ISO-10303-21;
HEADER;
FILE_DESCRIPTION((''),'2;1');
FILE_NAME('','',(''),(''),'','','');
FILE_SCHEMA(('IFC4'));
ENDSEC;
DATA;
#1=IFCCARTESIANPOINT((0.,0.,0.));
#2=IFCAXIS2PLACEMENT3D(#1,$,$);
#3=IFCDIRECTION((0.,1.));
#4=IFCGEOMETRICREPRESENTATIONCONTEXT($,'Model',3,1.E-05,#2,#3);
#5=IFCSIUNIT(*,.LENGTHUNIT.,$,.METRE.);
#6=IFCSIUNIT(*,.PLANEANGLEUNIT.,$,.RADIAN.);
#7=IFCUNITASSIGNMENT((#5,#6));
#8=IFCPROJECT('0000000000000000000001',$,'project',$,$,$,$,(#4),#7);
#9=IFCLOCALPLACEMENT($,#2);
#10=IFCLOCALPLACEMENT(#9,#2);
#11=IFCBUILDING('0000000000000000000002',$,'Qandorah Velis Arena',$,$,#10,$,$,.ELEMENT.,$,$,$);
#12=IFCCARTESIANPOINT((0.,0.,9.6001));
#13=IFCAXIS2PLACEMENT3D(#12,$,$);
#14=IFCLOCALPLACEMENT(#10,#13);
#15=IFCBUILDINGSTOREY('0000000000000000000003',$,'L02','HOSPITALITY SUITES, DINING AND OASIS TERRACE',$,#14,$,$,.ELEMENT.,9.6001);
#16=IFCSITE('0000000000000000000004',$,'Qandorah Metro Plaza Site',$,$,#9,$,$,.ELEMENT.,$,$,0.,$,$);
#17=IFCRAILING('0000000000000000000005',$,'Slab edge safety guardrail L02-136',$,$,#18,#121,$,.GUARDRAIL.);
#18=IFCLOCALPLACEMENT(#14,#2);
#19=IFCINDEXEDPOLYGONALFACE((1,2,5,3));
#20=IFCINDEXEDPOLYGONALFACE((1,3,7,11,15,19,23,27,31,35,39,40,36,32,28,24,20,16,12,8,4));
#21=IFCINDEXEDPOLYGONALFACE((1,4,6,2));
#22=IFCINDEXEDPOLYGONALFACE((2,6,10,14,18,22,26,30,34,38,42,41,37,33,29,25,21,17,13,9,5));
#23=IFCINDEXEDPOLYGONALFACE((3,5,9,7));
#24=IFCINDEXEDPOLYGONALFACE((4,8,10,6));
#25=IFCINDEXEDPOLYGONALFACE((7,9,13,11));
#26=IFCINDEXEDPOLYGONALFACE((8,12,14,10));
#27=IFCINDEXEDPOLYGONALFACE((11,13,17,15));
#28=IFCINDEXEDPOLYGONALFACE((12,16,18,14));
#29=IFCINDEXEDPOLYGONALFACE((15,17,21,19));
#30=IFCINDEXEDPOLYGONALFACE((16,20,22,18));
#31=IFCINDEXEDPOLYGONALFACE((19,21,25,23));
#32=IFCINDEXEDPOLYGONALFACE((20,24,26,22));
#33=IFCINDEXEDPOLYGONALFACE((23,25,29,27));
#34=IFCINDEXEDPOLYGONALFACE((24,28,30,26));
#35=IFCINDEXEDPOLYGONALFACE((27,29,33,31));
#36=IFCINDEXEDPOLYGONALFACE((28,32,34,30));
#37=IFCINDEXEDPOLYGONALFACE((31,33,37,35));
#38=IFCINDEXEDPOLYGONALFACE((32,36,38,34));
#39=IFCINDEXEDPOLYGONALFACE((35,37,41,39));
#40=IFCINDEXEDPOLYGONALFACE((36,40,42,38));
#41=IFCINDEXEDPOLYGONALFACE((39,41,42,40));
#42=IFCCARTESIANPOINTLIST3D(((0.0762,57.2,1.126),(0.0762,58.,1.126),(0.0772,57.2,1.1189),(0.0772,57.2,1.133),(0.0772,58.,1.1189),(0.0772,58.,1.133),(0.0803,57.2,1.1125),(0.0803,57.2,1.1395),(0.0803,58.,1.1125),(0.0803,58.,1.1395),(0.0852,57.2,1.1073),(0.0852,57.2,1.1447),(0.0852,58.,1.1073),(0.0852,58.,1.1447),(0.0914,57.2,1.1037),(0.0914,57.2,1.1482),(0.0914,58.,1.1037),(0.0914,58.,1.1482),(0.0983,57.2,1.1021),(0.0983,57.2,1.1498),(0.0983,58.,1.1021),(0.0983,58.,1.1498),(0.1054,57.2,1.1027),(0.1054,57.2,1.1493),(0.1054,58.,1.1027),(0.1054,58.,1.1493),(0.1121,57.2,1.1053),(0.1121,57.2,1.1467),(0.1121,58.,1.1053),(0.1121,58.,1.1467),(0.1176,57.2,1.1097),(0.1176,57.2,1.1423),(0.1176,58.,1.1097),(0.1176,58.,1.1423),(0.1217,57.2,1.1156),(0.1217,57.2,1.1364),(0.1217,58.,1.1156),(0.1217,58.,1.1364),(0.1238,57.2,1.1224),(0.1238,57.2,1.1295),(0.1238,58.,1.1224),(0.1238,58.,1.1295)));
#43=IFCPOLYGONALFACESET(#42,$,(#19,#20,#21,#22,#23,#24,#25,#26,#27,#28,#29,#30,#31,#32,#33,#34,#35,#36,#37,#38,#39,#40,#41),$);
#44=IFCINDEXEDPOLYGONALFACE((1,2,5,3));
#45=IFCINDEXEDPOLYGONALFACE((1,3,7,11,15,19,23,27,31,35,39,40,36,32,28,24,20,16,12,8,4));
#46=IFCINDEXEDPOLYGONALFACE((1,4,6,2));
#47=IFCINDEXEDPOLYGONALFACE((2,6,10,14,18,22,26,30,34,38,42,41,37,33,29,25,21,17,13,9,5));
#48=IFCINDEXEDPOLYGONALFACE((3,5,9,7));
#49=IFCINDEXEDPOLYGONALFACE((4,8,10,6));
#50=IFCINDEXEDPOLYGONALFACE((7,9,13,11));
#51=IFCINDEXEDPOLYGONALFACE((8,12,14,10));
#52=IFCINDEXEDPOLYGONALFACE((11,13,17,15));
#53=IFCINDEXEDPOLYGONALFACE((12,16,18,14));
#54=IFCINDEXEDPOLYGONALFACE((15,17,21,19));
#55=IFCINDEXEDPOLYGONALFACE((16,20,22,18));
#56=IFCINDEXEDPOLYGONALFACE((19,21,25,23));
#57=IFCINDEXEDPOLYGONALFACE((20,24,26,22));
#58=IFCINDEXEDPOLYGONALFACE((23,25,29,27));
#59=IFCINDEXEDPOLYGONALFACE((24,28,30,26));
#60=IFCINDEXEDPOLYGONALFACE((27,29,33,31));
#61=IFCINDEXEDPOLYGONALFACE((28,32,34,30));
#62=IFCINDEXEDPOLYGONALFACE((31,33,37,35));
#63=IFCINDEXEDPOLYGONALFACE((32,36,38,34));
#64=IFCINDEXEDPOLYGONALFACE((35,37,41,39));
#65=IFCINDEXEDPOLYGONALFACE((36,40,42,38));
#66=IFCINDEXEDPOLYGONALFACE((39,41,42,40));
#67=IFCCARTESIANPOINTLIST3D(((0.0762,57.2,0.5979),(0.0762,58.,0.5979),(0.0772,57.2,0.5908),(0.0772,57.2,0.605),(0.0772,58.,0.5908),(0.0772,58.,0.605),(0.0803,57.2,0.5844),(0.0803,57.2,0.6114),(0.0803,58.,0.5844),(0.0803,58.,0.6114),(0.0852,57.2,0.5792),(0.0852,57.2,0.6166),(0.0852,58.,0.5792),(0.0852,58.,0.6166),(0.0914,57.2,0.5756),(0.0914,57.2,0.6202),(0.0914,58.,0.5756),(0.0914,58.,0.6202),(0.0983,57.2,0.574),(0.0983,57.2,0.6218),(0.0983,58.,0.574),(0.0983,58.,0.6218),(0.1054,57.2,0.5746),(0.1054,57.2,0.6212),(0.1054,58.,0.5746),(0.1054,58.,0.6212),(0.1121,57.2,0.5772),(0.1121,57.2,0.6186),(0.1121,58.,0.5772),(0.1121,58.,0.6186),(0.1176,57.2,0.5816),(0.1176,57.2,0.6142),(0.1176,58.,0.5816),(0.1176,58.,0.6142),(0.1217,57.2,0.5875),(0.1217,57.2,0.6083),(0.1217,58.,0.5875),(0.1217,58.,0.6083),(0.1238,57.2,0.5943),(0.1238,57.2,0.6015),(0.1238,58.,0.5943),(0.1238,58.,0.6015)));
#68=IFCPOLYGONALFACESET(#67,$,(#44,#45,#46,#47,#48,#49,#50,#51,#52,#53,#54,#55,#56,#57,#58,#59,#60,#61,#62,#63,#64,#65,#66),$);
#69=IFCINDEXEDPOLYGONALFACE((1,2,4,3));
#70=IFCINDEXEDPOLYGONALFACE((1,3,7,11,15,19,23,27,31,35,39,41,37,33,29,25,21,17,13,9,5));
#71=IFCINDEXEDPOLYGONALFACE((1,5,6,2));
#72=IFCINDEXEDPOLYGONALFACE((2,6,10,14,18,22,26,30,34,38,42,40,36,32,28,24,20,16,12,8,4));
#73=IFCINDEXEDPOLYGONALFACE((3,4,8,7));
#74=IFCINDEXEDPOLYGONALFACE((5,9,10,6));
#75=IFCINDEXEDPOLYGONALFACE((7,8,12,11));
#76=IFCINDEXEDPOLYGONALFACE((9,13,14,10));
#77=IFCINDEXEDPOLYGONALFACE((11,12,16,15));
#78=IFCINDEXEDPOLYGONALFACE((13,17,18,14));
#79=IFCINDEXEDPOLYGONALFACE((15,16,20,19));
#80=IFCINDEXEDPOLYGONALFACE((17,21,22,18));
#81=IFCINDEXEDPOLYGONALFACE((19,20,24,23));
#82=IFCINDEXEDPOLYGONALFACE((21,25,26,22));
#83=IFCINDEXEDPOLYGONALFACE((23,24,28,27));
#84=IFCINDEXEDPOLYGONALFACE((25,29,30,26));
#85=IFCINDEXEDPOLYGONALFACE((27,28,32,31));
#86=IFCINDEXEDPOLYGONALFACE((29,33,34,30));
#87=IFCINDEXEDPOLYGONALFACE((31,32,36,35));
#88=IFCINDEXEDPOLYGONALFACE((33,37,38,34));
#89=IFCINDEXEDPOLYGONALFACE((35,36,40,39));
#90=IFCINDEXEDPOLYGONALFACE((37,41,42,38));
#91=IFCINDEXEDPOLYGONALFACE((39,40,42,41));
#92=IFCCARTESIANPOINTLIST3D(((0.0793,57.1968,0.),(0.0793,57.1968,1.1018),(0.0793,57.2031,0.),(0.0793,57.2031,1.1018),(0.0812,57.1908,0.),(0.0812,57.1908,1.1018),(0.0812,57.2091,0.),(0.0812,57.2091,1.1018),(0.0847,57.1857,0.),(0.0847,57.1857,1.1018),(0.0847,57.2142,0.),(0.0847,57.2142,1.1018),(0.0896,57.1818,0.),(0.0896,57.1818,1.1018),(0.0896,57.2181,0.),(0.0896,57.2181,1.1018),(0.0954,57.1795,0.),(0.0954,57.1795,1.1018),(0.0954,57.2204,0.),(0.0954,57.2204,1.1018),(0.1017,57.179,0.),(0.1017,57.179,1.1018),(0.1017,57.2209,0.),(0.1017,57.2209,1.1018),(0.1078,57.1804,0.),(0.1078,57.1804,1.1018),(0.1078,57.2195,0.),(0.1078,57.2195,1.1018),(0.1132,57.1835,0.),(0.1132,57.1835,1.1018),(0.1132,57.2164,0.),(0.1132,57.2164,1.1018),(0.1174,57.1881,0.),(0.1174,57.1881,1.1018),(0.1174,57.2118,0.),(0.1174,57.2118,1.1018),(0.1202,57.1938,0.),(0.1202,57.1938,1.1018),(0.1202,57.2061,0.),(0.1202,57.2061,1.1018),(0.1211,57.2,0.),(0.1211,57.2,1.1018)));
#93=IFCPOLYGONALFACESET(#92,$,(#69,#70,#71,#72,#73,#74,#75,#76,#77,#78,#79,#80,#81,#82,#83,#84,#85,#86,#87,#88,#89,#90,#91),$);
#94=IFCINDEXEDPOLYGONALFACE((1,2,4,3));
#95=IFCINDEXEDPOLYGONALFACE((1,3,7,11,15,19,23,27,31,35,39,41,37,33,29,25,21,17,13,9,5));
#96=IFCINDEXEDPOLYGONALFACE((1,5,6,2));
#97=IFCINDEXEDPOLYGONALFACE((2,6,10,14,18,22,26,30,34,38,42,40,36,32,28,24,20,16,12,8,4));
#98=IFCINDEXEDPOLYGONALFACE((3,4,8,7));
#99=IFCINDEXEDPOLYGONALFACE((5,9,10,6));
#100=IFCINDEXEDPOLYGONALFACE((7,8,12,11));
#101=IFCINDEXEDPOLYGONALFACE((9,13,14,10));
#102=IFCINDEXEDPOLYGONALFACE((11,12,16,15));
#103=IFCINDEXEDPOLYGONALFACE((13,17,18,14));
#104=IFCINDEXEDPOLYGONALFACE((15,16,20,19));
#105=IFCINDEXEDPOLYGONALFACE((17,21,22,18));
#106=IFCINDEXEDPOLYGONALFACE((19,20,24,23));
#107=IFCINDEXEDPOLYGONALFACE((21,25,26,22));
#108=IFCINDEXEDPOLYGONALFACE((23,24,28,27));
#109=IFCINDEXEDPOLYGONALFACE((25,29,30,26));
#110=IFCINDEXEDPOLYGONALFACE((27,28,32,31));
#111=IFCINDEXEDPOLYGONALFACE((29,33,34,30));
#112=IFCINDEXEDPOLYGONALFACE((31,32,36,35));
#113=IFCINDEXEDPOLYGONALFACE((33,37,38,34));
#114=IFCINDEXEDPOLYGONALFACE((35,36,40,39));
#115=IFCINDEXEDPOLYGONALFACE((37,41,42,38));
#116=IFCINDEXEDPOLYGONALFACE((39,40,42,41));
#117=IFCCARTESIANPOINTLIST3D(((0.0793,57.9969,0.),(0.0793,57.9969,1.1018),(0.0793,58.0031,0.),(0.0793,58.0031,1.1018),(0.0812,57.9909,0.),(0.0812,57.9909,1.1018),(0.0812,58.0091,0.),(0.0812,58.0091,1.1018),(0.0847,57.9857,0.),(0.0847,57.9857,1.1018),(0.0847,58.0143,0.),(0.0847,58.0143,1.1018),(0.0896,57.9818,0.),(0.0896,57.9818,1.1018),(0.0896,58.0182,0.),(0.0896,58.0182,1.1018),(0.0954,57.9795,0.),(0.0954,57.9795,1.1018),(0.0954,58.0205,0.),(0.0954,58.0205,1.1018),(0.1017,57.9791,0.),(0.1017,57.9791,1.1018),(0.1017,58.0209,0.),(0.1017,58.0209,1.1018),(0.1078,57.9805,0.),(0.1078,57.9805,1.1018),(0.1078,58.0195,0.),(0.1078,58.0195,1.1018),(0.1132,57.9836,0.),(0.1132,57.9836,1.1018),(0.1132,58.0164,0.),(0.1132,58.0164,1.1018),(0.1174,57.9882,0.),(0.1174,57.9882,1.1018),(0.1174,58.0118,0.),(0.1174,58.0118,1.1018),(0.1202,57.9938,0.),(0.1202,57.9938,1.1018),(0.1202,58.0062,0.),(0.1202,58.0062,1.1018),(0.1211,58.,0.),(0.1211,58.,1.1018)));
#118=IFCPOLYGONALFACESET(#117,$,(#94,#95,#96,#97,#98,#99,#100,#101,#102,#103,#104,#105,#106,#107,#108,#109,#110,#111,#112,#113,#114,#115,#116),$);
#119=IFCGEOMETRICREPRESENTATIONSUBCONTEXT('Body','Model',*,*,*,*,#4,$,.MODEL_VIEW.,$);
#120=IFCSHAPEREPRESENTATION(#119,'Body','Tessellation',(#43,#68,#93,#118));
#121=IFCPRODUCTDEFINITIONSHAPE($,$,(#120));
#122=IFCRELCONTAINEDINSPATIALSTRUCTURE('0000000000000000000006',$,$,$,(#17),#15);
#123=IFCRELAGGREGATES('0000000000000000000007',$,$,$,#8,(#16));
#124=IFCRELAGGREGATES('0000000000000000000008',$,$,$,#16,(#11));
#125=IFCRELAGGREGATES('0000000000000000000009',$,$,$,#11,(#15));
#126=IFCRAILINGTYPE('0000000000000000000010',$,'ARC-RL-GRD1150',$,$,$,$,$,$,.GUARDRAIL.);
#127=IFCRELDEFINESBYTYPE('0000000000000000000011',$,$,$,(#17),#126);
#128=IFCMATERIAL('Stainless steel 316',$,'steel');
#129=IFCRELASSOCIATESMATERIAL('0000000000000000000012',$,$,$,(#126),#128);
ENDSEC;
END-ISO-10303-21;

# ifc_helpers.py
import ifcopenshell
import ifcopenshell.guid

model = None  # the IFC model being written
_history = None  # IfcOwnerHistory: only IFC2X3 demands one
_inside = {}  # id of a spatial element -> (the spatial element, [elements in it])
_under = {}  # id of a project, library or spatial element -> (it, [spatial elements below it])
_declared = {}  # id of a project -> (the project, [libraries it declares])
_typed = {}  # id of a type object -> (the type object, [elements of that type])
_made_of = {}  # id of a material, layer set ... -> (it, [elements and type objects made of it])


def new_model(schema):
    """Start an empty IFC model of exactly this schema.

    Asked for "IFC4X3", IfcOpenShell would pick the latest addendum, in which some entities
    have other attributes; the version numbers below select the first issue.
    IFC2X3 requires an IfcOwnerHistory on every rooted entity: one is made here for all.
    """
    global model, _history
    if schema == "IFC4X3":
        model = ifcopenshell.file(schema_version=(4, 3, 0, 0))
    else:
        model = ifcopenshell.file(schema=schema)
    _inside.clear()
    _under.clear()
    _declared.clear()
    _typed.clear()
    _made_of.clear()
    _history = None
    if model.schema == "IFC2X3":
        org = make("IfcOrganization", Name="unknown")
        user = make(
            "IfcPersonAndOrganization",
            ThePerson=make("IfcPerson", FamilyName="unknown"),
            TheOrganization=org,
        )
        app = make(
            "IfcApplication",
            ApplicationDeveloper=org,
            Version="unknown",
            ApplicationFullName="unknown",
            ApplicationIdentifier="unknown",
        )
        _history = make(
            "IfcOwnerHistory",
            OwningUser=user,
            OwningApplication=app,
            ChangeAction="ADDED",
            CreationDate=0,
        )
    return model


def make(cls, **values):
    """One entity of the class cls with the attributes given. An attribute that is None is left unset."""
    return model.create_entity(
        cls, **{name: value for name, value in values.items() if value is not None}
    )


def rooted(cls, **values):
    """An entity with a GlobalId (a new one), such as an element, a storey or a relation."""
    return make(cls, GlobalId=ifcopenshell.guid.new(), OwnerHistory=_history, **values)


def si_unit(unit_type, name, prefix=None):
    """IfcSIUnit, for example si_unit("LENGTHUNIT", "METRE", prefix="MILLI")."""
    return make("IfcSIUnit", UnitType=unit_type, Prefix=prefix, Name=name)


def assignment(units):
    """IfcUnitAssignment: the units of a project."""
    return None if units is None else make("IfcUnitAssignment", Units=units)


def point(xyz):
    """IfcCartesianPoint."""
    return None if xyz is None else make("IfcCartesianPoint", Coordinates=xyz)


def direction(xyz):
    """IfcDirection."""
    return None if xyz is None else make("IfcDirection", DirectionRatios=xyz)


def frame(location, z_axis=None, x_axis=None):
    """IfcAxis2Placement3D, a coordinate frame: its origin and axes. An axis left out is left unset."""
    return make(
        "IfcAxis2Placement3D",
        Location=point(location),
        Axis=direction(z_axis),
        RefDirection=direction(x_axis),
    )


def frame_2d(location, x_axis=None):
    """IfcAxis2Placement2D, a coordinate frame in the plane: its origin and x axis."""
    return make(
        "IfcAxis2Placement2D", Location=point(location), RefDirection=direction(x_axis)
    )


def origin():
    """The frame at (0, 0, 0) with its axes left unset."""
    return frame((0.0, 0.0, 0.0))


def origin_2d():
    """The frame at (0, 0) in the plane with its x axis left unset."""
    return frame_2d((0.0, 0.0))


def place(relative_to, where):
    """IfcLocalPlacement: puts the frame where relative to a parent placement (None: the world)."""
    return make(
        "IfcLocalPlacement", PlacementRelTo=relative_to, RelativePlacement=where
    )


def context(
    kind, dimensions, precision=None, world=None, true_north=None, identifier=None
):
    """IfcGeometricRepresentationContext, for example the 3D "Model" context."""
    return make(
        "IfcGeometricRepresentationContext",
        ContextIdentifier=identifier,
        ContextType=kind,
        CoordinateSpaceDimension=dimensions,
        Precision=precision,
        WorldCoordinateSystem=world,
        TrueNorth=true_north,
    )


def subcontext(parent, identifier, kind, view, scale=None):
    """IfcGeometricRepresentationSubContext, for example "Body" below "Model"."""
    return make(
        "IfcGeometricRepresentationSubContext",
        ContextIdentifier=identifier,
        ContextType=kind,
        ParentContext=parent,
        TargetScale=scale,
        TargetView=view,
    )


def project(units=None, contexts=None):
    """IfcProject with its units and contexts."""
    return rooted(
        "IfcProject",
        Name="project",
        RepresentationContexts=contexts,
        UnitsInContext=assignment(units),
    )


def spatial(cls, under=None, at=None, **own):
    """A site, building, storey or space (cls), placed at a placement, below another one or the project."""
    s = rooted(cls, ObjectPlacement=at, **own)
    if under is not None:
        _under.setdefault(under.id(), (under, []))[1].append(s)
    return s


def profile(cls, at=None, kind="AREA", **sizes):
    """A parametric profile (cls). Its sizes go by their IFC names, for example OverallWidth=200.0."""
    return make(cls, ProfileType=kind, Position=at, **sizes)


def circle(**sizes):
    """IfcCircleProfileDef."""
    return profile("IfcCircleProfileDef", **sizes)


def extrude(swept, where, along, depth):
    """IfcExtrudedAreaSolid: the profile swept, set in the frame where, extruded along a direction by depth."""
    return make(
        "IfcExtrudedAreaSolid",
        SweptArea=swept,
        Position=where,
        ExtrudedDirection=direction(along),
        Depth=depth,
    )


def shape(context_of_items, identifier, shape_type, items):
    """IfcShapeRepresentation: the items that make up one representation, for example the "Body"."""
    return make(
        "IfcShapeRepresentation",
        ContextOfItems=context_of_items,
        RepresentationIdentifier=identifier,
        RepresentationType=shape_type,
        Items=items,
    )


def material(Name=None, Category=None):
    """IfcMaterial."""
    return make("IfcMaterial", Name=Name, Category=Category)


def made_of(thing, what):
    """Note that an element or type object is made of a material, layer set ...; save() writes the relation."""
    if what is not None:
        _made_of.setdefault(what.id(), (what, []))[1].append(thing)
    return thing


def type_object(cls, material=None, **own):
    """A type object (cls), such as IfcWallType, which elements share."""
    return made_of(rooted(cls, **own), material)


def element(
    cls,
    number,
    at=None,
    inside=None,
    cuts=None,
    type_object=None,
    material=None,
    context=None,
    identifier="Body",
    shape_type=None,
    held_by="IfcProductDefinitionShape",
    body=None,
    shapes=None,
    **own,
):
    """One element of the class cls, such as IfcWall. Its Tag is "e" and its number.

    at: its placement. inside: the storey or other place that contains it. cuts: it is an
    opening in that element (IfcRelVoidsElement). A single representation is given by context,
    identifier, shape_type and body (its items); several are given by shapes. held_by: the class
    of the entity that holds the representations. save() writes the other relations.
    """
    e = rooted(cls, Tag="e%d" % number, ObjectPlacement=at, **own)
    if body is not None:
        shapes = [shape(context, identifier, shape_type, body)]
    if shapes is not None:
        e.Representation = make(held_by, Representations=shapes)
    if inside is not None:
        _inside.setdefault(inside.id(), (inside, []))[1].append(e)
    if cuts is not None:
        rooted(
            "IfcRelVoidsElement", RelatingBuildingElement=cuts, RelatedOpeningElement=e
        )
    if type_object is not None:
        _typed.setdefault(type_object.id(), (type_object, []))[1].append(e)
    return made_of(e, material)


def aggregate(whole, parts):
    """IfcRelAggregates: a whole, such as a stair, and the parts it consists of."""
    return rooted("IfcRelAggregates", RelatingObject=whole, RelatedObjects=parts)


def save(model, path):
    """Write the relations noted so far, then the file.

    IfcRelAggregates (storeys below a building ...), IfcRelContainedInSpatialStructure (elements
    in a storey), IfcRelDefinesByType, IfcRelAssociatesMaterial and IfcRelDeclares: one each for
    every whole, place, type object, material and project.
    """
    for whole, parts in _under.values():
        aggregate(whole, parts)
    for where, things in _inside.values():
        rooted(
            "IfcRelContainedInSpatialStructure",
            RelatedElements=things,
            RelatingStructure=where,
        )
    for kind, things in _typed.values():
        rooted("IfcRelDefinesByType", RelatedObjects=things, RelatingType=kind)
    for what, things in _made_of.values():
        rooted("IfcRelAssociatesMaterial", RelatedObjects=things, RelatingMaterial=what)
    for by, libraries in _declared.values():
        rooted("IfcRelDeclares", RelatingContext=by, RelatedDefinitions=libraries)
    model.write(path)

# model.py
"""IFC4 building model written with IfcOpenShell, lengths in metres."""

from ifc_helpers import new_model, si_unit, direction, frame, origin, origin_2d, place, context, subcontext, project, spatial, circle, extrude, material, type_object, element, save


model = new_model("IFC4")

# Units and contexts
model_context = context("Model", 3, precision=1e-05, world=origin(), true_north=direction((0.0, 1.0)))
body_context = subcontext(model_context, "Body", "Model", "MODEL_VIEW")
ifc_project = project(units=[si_unit("LENGTHUNIT", "METRE"), si_unit("PLANEANGLEUNIT", "RADIAN")], contexts=[model_context])

# Site, building, storey
site_placement = place(None, origin())
site = spatial("IfcSite", under=ifc_project, at=site_placement, Name="Qandorah Metro Plaza Site", CompositionType="ELEMENT", RefElevation=0.0)
building_placement = place(site_placement, origin())
building = spatial("IfcBuilding", under=site, at=building_placement, Name="Qandorah Velis Arena", CompositionType="ELEMENT")
storey_placement = place(building_placement, frame((0.0, 0.0, 9.6001)))
storey = spatial("IfcBuildingStorey", under=building, at=storey_placement, Name="L02", Description="HOSPITALITY SUITES, DINING AND OASIS TERRACE", CompositionType="ELEMENT", Elevation=9.6001)

# Railing
ifc_material_1 = material(Name="Stainless steel 316", Category="steel")
railing_type = type_object("IfcRailingType", Name="ARC-RL-GRD1150", PredefinedType="GUARDRAIL", material=ifc_material_1)
railing_placement = place(storey_placement, frame((0.1001, 57.2, 0.0)))
element("IfcRailing", 1, at=railing_placement, inside=storey, type_object=railing_type, Name="Slab edge safety guardrail L02-136", PredefinedType="GUARDRAIL", context=body_context, shape_type="SweptSolid", body=[
    extrude(circle(Radius=0.0239, at=origin_2d()), frame((0.0, 0.0, 1.126), z_axis=(0.0, 1.0, 0.0), x_axis=(-1.0, 0.0, 0.0)), (0.0, 0.0, 1.0), 0.8),
    extrude(circle(Radius=0.0239, at=origin_2d()), frame((0.0, 0.0, 0.5979), z_axis=(0.0, 1.0, 0.0), x_axis=(-1.0, 0.0, 0.0)), (0.0, 0.0, 1.0), 0.8),
    extrude(circle(Radius=0.021, at=origin_2d()), origin(), (0.0, 0.0, 1.0), 1.1018),
    extrude(circle(Radius=0.021, at=origin_2d()), frame((0.0, 0.8, 0.0)), (0.0, 0.0, 1.0), 1.1018),
])

save(model, "model.ifc")
